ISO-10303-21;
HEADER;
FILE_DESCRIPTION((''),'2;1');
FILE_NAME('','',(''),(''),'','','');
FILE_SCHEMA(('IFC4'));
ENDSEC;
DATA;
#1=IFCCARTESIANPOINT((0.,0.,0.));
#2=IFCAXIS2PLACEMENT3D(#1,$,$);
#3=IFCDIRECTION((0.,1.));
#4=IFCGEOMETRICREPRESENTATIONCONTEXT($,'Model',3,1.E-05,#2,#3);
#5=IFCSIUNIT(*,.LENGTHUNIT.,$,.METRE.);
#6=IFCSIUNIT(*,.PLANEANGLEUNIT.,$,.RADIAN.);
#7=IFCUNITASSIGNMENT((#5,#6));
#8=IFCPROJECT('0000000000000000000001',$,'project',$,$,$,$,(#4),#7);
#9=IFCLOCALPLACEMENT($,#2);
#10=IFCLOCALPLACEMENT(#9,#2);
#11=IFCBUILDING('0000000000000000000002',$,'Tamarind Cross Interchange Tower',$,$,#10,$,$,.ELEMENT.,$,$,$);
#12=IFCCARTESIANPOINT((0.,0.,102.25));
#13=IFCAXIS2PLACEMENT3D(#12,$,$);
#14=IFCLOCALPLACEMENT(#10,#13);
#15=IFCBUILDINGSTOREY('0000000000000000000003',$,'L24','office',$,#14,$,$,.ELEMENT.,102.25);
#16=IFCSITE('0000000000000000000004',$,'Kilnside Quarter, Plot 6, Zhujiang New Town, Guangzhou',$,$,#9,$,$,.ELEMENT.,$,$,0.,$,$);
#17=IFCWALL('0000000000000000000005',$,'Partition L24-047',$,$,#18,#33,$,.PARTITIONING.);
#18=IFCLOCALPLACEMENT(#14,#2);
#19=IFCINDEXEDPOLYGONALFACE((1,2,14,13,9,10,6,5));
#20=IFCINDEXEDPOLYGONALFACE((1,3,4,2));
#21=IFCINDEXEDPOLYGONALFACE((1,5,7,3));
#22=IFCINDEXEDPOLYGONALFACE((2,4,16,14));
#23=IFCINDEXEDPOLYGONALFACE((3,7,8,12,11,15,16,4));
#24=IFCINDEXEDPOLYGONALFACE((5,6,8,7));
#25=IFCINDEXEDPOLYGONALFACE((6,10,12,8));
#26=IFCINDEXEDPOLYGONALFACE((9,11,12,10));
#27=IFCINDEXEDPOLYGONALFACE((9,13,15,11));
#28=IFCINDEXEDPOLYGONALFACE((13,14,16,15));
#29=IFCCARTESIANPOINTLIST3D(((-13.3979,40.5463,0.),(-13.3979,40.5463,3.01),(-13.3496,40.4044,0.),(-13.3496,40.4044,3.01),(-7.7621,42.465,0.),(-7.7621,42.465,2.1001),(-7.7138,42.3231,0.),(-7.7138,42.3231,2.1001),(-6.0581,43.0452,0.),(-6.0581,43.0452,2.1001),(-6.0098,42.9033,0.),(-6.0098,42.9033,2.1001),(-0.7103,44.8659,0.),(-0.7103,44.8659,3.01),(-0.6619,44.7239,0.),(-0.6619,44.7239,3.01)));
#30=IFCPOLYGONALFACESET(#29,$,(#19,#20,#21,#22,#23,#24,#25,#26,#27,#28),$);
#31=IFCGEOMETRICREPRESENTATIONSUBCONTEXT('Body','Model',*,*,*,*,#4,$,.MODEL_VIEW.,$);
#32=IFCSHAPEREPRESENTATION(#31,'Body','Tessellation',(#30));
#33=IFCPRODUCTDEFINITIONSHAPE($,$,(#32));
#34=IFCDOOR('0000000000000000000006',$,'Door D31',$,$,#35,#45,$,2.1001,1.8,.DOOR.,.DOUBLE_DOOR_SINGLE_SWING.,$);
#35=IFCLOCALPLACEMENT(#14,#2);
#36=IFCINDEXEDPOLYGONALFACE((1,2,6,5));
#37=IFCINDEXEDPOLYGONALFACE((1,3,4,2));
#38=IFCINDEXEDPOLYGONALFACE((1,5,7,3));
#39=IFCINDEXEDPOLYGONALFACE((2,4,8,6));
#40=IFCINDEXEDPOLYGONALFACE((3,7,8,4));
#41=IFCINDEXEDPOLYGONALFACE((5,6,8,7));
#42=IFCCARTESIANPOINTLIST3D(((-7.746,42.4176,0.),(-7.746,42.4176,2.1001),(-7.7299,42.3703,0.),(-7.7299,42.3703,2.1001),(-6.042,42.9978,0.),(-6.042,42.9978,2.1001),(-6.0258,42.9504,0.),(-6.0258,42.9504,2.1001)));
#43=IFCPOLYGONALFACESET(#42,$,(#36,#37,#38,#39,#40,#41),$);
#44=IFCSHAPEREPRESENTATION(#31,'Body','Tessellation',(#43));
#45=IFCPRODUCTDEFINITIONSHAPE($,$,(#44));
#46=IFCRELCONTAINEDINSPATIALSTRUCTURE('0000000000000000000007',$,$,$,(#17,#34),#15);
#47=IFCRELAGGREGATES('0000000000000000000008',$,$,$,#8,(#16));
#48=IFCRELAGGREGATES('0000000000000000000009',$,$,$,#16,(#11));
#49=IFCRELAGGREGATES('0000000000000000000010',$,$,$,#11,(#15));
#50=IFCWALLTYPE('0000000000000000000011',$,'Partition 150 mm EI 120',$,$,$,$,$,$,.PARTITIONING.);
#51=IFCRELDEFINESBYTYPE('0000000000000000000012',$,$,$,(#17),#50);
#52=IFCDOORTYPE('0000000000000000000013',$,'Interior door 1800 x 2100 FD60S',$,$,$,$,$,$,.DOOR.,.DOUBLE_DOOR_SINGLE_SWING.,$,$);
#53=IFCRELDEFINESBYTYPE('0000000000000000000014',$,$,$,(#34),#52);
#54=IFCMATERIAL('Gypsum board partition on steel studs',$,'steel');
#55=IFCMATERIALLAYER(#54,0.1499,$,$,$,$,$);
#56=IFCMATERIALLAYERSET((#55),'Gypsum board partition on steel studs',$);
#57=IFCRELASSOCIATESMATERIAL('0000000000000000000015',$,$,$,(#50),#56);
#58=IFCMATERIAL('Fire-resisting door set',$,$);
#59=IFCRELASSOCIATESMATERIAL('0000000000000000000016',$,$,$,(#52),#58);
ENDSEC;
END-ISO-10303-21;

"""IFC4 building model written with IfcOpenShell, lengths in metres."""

from ifc_helpers import new_model, si_unit, direction, frame, frame_2d, origin, place, context, subcontext, project, spatial, rectangle, extrude, material, layer, layer_set, type_object, element, fill, save


model = new_model("IFC4")

# Units and contexts
model_context = context("Model", 3, precision=1e-05, world=origin(), true_north=direction((0.0, 1.0)))
body_context = subcontext(model_context, "Body", "Model", "MODEL_VIEW")
ifc_project = project(units=[si_unit("LENGTHUNIT", "METRE"), si_unit("PLANEANGLEUNIT", "RADIAN")], contexts=[model_context])

# Site, building, storey
site_placement = place(None, origin())
site = spatial("IfcSite", under=ifc_project, at=site_placement, Name="Kilnside Quarter, Plot 6, Zhujiang New Town, Guangzhou", CompositionType="ELEMENT", RefElevation=0.0)
building_placement = place(site_placement, origin())
building = spatial("IfcBuilding", under=site, at=building_placement, Name="Tamarind Cross Interchange Tower", CompositionType="ELEMENT")
storey_placement = place(building_placement, frame((0.0, 0.0, 102.25)))
storey = spatial("IfcBuildingStorey", under=building, at=storey_placement, Name="L24", Description="office", CompositionType="ELEMENT", Elevation=102.25)

# Shared definitions
ifc_material_1 = material(Name="Gypsum board partition on steel studs", Category="steel")
ifc_layer_1 = layer(ifc_material_1, 0.1499)
ifc_layer_set_1 = layer_set([ifc_layer_1], Name="Gypsum board partition on steel studs")
wall_type = type_object("IfcWallType", Name="Partition 150 mm EI 120", PredefinedType="PARTITIONING", material=ifc_layer_set_1)
ifc_material_2 = material(Name="Fire-resisting door set")
door_type_1 = type_object("IfcDoorType", Name="Interior door 1800 x 2100 FD60S", OperationType="DOUBLE_DOOR_SINGLE_SWING", PredefinedType="DOOR", material=ifc_material_2)

# Wall, opening, door
wall_1_placement = place(storey_placement, frame((-13.3738, 40.4753, 0.0), z_axis=(0.0, 0.0, 1.0), x_axis=(0.946642, 0.322287, 0.0)))
wall_1 = element("IfcWall", 1, at=wall_1_placement, inside=storey, type_object=wall_type, Name="Partition L24-047", PredefinedType="PARTITIONING", context=body_context, shape_type="SweptSolid", body=[
    extrude(rectangle(XDim=13.4028, YDim=0.1499, at=frame_2d((6.7014, 0.0))), origin(), (0.0, 0.0, 1.0), 3.01),
])
opening_1_placement = place(wall_1_placement, frame((5.9536, 0.0, 0.0)))
opening_1 = element("IfcOpeningElement", 2, at=opening_1_placement, cuts=wall_1, PredefinedType="OPENING", context=body_context, shape_type="SweptSolid", body=[
    extrude(rectangle(XDim=1.8, YDim=2.1001, at=frame_2d((0.8999, 1.05))), frame((0.0, 0.085, 0.0), z_axis=(0.0, -1.0, 0.0), x_axis=(1.0, 0.0, 0.0)), (0.0, 0.0, 1.0), 0.1699),
])
door_1_placement = place(opening_1_placement, origin())
door_1 = element("IfcDoor", 3, at=door_1_placement, inside=storey, type_object=door_type_1, Name="Door D31", OperationType="DOUBLE_DOOR_SINGLE_SWING", OverallHeight=2.1001, OverallWidth=1.8, PredefinedType="DOOR", context=body_context, shape_type="SweptSolid", body=[
    extrude(rectangle(XDim=1.8, YDim=2.1001, at=frame_2d((0.8999, 1.05))), frame((0.0, 0.0249, 0.0), z_axis=(0.0, -1.0, 0.0), x_axis=(1.0, 0.0, 0.0)), (0.0, 0.0, 1.0), 0.05),
])
fill(opening_1, door_1)

save(model, "model.ifc")
